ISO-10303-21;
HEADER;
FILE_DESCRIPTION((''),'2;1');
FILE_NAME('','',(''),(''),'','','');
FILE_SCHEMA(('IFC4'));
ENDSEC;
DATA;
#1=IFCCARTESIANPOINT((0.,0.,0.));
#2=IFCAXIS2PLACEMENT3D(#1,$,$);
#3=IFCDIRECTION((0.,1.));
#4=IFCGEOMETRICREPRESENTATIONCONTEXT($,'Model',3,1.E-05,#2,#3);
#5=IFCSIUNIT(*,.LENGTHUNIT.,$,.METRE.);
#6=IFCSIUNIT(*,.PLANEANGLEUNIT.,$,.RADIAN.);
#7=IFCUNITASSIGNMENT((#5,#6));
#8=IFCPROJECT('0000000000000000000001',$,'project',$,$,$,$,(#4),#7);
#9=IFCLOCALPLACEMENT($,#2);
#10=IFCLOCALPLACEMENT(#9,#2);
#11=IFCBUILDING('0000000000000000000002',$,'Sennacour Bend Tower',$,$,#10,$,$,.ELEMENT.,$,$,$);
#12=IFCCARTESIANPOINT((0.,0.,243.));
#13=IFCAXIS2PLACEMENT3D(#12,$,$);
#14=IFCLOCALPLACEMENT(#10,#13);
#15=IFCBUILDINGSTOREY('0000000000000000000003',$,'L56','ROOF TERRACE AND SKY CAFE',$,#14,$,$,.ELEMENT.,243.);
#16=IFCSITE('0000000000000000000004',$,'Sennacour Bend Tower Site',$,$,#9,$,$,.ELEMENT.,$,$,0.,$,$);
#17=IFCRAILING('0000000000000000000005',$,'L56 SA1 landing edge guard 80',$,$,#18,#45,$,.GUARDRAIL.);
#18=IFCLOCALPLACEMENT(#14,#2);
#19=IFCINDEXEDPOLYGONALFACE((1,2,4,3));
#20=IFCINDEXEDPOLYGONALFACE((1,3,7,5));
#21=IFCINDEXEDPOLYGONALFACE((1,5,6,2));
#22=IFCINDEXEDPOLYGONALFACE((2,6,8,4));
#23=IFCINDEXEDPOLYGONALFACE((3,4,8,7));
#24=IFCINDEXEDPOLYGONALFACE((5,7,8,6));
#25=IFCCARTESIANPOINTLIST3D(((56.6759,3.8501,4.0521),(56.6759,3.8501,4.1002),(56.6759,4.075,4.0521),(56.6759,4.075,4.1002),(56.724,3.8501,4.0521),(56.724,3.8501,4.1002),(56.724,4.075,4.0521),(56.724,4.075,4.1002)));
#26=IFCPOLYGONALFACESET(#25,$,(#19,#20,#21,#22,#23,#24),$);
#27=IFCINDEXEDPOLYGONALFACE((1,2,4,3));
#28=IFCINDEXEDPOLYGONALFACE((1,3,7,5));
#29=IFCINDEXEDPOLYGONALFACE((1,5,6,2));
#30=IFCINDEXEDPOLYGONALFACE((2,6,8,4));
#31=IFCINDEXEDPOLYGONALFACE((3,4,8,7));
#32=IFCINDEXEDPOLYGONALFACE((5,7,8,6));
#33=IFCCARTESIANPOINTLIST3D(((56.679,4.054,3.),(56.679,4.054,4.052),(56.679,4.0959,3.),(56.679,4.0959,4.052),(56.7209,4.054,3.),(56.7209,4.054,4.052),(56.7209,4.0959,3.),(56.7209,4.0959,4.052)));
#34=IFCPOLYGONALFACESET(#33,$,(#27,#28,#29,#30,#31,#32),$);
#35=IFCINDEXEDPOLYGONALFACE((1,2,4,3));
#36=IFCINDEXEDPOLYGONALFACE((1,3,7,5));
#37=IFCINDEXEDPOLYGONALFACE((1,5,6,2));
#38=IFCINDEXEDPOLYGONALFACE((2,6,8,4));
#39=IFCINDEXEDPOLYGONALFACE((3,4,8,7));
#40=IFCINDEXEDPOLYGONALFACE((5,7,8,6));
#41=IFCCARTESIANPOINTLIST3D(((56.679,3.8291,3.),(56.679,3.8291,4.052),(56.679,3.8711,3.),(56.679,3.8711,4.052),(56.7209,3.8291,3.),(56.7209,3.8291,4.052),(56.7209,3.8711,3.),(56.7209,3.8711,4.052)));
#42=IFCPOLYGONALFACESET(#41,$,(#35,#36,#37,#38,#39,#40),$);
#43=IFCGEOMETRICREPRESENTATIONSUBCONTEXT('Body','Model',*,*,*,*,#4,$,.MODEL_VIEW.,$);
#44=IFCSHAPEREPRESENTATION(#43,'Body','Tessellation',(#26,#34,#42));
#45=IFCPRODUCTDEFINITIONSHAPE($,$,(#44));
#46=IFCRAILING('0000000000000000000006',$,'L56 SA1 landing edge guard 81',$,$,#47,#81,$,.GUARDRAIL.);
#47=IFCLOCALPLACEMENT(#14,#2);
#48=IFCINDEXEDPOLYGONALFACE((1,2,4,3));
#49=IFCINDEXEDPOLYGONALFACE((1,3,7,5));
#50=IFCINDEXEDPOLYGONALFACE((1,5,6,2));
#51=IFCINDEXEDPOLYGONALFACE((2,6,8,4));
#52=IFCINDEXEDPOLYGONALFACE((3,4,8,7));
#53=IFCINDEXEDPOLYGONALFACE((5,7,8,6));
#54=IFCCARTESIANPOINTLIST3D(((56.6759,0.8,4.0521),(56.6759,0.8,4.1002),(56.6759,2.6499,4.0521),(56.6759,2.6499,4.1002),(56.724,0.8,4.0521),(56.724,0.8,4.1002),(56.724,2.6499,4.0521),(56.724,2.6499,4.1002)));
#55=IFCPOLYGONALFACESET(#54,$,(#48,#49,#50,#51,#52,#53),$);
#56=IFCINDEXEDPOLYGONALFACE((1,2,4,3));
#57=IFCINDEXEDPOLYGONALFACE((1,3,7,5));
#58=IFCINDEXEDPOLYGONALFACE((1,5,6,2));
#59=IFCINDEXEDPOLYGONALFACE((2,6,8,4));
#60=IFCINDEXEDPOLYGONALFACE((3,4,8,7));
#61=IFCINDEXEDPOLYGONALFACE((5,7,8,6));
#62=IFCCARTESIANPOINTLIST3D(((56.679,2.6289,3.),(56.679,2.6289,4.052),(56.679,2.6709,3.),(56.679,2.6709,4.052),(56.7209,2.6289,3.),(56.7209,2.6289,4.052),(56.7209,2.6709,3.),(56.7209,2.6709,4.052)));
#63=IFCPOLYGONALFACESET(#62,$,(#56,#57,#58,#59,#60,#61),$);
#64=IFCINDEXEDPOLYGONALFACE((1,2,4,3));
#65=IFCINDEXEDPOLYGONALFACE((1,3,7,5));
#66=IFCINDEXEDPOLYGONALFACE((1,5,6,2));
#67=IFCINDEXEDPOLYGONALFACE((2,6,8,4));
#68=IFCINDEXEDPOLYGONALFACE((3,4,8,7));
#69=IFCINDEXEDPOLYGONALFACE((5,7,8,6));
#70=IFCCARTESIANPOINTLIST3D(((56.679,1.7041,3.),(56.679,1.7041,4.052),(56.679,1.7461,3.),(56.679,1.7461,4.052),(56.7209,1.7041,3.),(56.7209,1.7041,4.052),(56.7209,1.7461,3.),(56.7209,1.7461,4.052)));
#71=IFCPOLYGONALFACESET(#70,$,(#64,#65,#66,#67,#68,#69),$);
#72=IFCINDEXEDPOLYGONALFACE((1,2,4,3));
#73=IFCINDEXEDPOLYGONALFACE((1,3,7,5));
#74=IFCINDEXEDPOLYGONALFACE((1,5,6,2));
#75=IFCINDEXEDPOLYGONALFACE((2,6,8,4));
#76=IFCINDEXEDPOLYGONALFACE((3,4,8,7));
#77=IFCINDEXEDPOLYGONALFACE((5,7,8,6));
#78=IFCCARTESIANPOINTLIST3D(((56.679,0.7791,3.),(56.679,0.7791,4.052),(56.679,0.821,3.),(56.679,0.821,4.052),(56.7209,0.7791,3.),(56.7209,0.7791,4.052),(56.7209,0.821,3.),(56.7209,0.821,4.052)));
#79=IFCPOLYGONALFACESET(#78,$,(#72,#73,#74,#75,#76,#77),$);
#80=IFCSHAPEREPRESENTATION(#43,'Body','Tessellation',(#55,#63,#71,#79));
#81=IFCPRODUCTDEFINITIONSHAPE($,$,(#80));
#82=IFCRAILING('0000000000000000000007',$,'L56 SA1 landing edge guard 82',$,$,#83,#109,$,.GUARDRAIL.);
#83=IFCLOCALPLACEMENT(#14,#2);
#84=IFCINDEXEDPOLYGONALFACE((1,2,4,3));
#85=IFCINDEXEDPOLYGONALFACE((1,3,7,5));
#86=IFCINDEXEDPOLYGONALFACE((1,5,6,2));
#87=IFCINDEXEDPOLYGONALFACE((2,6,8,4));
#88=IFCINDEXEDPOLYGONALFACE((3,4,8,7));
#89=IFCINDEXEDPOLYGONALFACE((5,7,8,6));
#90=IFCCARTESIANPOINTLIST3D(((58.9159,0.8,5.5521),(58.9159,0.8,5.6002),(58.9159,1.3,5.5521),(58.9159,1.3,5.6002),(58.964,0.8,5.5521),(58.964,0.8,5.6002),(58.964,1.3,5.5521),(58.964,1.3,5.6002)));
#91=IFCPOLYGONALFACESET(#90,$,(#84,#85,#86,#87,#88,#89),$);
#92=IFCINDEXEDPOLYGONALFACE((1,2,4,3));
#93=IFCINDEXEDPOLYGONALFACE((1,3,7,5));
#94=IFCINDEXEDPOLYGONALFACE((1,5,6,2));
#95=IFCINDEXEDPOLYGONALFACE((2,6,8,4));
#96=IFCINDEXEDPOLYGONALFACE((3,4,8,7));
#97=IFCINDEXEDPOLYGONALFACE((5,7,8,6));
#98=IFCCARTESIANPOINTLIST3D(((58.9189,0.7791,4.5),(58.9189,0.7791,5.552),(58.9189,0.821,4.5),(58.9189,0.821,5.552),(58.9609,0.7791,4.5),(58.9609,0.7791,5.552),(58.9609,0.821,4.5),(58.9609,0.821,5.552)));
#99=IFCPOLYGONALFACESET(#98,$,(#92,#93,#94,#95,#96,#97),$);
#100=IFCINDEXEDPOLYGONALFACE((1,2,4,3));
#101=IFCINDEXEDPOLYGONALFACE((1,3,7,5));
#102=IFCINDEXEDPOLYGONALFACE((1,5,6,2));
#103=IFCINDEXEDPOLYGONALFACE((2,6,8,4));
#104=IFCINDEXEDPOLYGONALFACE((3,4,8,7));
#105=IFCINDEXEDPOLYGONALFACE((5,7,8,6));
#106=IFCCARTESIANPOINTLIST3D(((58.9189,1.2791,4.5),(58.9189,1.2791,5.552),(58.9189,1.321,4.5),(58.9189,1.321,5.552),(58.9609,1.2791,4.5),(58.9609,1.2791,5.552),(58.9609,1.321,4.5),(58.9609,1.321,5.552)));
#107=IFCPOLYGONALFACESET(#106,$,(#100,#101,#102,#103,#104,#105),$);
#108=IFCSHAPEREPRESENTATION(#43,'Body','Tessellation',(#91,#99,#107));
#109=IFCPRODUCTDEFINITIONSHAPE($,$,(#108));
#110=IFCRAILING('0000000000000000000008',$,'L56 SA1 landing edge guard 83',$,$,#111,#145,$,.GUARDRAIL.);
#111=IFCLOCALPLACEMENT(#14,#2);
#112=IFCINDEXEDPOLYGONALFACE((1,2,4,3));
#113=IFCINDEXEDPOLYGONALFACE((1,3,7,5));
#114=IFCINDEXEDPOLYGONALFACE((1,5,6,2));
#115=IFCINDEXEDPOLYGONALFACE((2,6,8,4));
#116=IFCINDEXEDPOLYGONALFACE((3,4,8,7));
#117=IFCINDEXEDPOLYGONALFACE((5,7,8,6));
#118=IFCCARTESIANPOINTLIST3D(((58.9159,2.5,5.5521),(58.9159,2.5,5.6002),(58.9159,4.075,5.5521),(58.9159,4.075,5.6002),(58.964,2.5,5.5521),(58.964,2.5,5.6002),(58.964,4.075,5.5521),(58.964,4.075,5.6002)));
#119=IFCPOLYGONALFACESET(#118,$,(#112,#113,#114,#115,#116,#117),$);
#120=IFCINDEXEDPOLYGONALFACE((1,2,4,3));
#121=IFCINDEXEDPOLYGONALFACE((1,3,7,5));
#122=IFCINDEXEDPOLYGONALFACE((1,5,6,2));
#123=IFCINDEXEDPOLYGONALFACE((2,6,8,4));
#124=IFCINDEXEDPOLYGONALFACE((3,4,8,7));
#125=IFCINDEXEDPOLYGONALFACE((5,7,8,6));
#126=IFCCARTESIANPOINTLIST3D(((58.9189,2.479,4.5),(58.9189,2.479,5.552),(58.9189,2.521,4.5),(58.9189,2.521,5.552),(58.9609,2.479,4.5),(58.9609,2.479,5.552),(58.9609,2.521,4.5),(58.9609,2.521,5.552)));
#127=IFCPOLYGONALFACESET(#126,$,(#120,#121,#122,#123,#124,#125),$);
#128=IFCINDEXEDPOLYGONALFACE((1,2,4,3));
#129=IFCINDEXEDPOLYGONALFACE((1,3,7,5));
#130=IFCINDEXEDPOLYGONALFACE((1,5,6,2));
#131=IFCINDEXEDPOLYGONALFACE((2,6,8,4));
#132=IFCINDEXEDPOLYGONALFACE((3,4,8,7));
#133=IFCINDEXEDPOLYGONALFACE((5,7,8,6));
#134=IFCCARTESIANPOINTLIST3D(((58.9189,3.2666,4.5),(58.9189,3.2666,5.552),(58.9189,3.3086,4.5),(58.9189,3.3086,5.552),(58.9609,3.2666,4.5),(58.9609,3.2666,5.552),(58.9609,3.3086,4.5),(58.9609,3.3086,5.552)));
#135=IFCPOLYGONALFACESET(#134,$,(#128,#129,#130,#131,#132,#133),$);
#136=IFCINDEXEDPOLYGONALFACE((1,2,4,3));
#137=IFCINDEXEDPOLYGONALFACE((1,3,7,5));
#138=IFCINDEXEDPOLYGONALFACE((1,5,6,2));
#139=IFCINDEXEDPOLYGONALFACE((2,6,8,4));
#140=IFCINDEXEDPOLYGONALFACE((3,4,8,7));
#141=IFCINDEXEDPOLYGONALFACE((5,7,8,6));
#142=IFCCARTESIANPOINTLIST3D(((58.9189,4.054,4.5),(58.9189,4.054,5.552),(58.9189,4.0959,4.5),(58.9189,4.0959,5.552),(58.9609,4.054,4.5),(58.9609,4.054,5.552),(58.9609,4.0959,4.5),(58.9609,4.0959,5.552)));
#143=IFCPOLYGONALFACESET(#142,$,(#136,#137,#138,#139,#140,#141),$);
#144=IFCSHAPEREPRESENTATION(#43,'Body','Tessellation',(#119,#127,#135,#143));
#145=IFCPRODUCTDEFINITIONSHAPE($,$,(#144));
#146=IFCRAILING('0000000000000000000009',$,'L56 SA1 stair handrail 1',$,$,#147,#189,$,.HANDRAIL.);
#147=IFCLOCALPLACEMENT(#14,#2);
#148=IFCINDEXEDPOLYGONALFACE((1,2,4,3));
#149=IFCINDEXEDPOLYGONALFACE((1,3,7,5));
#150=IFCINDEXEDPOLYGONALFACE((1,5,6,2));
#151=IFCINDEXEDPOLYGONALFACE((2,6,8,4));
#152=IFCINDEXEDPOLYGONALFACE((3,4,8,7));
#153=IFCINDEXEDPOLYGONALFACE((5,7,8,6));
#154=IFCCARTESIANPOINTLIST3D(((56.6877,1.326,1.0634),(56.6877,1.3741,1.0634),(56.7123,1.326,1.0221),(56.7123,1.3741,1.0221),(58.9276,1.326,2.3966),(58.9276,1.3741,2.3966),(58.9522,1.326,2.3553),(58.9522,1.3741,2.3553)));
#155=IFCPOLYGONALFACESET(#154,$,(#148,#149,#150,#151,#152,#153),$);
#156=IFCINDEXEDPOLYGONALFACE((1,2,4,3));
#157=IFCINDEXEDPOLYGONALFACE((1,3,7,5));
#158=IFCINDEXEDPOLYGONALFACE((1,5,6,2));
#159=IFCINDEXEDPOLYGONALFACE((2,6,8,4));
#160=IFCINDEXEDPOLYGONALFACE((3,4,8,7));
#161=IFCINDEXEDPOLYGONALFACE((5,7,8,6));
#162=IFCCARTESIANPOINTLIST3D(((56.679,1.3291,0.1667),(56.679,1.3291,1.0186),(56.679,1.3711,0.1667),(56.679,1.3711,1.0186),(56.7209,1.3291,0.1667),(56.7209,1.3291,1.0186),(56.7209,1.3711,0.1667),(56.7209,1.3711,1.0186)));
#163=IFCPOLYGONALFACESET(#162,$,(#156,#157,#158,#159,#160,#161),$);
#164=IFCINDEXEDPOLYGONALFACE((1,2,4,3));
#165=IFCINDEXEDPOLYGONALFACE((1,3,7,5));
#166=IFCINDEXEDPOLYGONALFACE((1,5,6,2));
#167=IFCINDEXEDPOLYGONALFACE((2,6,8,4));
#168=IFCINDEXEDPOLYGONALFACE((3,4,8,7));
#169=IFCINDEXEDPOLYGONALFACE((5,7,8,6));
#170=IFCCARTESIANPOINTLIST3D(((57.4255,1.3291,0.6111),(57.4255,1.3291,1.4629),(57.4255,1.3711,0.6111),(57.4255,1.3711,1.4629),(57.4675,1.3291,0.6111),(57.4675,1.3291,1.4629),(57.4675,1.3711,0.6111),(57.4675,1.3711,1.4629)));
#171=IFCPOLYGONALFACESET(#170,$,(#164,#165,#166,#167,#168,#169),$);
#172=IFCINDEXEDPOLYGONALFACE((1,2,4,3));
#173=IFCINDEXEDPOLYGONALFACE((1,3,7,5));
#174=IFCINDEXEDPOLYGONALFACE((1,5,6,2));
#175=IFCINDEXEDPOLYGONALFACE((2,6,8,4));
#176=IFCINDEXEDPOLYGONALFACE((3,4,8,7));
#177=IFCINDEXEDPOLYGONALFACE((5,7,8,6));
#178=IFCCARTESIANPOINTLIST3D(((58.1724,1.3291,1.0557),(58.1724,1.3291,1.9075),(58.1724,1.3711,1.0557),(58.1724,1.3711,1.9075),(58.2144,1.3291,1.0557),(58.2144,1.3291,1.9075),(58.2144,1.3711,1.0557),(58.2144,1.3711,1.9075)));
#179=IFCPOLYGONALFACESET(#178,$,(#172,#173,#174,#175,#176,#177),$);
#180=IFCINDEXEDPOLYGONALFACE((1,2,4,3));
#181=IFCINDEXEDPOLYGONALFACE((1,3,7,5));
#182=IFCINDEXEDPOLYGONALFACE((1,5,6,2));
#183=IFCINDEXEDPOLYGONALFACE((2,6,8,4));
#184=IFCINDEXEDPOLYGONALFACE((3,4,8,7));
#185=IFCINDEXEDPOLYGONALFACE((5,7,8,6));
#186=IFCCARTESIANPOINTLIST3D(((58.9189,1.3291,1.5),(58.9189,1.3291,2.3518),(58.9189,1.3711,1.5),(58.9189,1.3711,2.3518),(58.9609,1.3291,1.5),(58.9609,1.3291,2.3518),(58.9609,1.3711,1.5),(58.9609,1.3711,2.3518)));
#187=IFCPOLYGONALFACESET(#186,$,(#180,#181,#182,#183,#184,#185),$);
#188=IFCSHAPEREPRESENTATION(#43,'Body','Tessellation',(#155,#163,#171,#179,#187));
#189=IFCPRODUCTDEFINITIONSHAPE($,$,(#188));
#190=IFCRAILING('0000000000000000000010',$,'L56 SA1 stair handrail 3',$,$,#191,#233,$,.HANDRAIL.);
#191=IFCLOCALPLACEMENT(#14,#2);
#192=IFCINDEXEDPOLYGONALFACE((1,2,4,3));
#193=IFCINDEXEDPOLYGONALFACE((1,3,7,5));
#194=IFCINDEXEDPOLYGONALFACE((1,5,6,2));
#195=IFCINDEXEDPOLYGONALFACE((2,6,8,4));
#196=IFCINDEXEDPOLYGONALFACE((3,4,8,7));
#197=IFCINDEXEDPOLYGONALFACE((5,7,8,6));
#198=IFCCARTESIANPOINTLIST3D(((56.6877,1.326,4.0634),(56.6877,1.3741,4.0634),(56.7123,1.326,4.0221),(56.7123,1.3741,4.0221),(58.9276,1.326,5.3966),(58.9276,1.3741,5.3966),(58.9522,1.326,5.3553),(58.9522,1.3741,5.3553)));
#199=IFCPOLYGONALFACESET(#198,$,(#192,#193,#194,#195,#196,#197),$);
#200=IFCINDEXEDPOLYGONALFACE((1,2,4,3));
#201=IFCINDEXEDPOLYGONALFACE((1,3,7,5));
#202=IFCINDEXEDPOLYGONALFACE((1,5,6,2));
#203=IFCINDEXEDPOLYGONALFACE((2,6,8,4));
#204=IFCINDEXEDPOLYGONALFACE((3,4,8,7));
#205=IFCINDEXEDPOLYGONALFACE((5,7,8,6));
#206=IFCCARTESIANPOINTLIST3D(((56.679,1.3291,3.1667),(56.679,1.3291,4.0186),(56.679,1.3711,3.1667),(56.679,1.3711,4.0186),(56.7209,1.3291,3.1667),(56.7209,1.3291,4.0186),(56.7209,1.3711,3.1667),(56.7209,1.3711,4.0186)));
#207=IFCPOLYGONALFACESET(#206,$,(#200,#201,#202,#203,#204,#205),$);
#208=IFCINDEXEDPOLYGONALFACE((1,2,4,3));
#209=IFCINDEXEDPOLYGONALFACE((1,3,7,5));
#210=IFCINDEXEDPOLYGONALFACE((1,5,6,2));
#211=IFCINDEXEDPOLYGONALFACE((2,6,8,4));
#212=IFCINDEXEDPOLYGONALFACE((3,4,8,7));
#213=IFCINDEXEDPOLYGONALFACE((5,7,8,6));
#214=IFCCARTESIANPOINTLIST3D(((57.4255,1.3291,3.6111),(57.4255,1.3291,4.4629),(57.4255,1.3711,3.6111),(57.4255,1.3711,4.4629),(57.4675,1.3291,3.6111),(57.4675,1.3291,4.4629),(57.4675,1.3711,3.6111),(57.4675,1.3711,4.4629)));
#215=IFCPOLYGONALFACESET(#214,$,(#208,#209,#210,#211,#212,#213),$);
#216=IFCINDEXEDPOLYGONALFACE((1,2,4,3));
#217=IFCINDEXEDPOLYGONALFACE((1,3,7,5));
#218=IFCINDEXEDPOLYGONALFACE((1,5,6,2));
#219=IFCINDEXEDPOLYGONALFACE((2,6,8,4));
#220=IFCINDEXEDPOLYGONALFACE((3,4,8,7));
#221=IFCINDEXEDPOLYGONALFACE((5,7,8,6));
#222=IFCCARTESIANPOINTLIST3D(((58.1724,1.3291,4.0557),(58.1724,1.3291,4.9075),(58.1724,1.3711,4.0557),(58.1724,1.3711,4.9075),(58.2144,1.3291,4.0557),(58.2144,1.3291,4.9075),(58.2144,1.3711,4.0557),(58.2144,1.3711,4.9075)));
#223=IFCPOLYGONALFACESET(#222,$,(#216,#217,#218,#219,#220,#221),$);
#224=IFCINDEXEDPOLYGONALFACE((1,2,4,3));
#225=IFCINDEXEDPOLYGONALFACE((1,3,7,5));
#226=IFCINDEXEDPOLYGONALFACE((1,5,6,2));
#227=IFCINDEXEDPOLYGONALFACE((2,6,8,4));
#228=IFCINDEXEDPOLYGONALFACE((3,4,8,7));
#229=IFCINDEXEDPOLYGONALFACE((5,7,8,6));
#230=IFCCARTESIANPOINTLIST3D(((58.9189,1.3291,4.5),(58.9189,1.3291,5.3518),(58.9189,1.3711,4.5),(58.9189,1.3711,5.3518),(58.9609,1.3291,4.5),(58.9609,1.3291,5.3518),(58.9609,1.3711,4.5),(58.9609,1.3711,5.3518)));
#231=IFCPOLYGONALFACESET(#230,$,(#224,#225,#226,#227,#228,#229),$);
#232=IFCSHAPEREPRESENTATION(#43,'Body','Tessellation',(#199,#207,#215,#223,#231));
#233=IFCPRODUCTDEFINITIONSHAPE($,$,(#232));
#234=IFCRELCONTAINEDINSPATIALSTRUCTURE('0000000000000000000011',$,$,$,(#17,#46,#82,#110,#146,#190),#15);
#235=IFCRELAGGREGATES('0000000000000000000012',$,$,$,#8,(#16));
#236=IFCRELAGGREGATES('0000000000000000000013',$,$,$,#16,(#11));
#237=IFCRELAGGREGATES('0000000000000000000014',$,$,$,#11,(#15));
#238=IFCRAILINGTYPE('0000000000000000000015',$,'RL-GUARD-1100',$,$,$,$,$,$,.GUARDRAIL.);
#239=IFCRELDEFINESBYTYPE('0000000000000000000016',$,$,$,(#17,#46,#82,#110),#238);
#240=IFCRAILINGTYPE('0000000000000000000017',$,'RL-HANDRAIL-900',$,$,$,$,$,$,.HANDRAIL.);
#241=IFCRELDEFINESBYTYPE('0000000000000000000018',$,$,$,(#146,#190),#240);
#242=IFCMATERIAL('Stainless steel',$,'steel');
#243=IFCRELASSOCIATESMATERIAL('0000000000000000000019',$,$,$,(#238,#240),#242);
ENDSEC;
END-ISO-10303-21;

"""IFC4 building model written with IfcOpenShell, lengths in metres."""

from ifc_helpers import new_model, si_unit, direction, frame, origin, origin_2d, place, context, subcontext, project, spatial, rectangle, extrude, material, type_object, element, save


model = new_model("IFC4")

# Units and contexts
model_context = context("Model", 3, precision=1e-05, world=origin(), true_north=direction((0.0, 1.0)))
body_context = subcontext(model_context, "Body", "Model", "MODEL_VIEW")
ifc_project = project(units=[si_unit("LENGTHUNIT", "METRE"), si_unit("PLANEANGLEUNIT", "RADIAN")], contexts=[model_context])

# Site, building, storey
site_placement = place(None, origin())
site = spatial("IfcSite", under=ifc_project, at=site_placement, Name="Sennacour Bend Tower Site", CompositionType="ELEMENT", RefElevation=0.0)
building_placement = place(site_placement, origin())
building = spatial("IfcBuilding", under=site, at=building_placement, Name="Sennacour Bend Tower", CompositionType="ELEMENT")
storey_placement = place(building_placement, frame((0.0, 0.0, 243.0)))
storey = spatial("IfcBuildingStorey", under=building, at=storey_placement, Name="L56", Description="ROOF TERRACE AND SKY CAFE", CompositionType="ELEMENT", Elevation=243.0)

# Railings
ifc_material_1 = material(Name="Stainless steel", Category="steel")
railing_type_1 = type_object("IfcRailingType", Name="RL-GUARD-1100", PredefinedType="GUARDRAIL", material=ifc_material_1)
railing_1_placement = place(storey_placement, frame((56.7, 4.075, 3.0)))
element("IfcRailing", 1, at=railing_1_placement, inside=storey, type_object=railing_type_1, Name="L56 SA1 landing edge guard 80", PredefinedType="GUARDRAIL", context=body_context, shape_type="SweptSolid", body=[
    extrude(rectangle(XDim=0.0481, YDim=0.0481, at=origin_2d()), frame((0.0, 0.0, 1.0762), z_axis=(0.0, -1.0, 0.0), x_axis=(1.0, 0.0, 0.0)), (0.0, 0.0, 1.0), 0.2249),
    extrude(rectangle(XDim=0.042, YDim=0.042, at=origin_2d()), origin(), (0.0, 0.0, 1.0), 1.052),
    extrude(rectangle(XDim=0.042, YDim=0.042, at=origin_2d()), frame((0.0, -0.2249, 0.0)), (0.0, 0.0, 1.0), 1.052),
])
railing_2_placement = place(storey_placement, frame((56.7, 2.6499, 3.0)))
element("IfcRailing", 2, at=railing_2_placement, inside=storey, type_object=railing_type_1, Name="L56 SA1 landing edge guard 81", PredefinedType="GUARDRAIL", context=body_context, shape_type="SweptSolid", body=[
    extrude(rectangle(XDim=0.0481, YDim=0.0481, at=origin_2d()), frame((0.0, 0.0, 1.0762), z_axis=(0.0, -1.0, 0.0), x_axis=(1.0, 0.0, 0.0)), (0.0, 0.0, 1.0), 1.8499),
    extrude(rectangle(XDim=0.042, YDim=0.042, at=origin_2d()), origin(), (0.0, 0.0, 1.0), 1.052),
    extrude(rectangle(XDim=0.042, YDim=0.042, at=origin_2d()), frame((0.0, -0.9248, 0.0)), (0.0, 0.0, 1.0), 1.052),
    extrude(rectangle(XDim=0.042, YDim=0.042, at=origin_2d()), frame((0.0, -1.8499, 0.0)), (0.0, 0.0, 1.0), 1.052),
])
railing_3_placement = place(storey_placement, frame((58.9399, 0.8, 4.5)))
element("IfcRailing", 3, at=railing_3_placement, inside=storey, type_object=railing_type_1, Name="L56 SA1 landing edge guard 82", PredefinedType="GUARDRAIL", context=body_context, shape_type="SweptSolid", body=[
    extrude(rectangle(XDim=0.0481, YDim=0.0481, at=origin_2d()), frame((0.0, 0.0, 1.0762), z_axis=(0.0, 1.0, 0.0), x_axis=(-1.0, 0.0, 0.0)), (0.0, 0.0, 1.0), 0.5),
    extrude(rectangle(XDim=0.042, YDim=0.042, at=origin_2d()), origin(), (0.0, 0.0, 1.0), 1.052),
    extrude(rectangle(XDim=0.042, YDim=0.042, at=origin_2d()), frame((0.0, 0.5, 0.0)), (0.0, 0.0, 1.0), 1.052),
])
railing_4_placement = place(storey_placement, frame((58.9399, 2.5, 4.5)))
element("IfcRailing", 4, at=railing_4_placement, inside=storey, type_object=railing_type_1, Name="L56 SA1 landing edge guard 83", PredefinedType="GUARDRAIL", context=body_context, shape_type="SweptSolid", body=[
    extrude(rectangle(XDim=0.0481, YDim=0.0481, at=origin_2d()), frame((0.0, 0.0, 1.0762), z_axis=(0.0, 1.0, 0.0), x_axis=(-1.0, 0.0, 0.0)), (0.0, 0.0, 1.0), 1.575),
    extrude(rectangle(XDim=0.042, YDim=0.042, at=origin_2d()), origin(), (0.0, 0.0, 1.0), 1.052),
    extrude(rectangle(XDim=0.042, YDim=0.042, at=origin_2d()), frame((0.0, 0.7876, 0.0)), (0.0, 0.0, 1.0), 1.052),
    extrude(rectangle(XDim=0.042, YDim=0.042, at=origin_2d()), frame((0.0, 1.575, 0.0)), (0.0, 0.0, 1.0), 1.052),
])
railing_type_2 = type_object("IfcRailingType", Name="RL-HANDRAIL-900", PredefinedType="HANDRAIL", material=ifc_material_1)
for number, where, name in (
    (5, (56.7, 1.3501, 0.1667), "L56 SA1 stair handrail 1"),
    (6, (56.7, 1.3501, 3.1667), "L56 SA1 stair handrail 3"),
):
    element("IfcRailing", number, at=place(storey_placement, frame(where)), inside=storey, type_object=railing_type_2, Name=name, PredefinedType="HANDRAIL", context=body_context, shape_type="SweptSolid", body=[
        extrude(rectangle(XDim=0.0481, YDim=0.0481, at=origin_2d()), frame((0.0, 0.0, 0.876), z_axis=(0.859306, 0.0, 0.511462), x_axis=(0.0, 1.0, 0.0)), (0.0, 0.0, 1.0), 2.6067),
        extrude(rectangle(XDim=0.042, YDim=0.042, at=origin_2d()), origin(), (0.0, 0.0, 1.0), 0.8518),
        extrude(rectangle(XDim=0.042, YDim=0.042, at=origin_2d()), frame((0.7466, 0.0, 0.4443)), (0.0, 0.0, 1.0), 0.8518),
        extrude(rectangle(XDim=0.042, YDim=0.042, at=origin_2d()), frame((1.4934, 0.0, 0.8889)), (0.0, 0.0, 1.0), 0.8518),
        extrude(rectangle(XDim=0.042, YDim=0.042, at=origin_2d()), frame((2.24, 0.0, 1.3333)), (0.0, 0.0, 1.0), 0.8518),
    ])

save(model, "model.ifc")
